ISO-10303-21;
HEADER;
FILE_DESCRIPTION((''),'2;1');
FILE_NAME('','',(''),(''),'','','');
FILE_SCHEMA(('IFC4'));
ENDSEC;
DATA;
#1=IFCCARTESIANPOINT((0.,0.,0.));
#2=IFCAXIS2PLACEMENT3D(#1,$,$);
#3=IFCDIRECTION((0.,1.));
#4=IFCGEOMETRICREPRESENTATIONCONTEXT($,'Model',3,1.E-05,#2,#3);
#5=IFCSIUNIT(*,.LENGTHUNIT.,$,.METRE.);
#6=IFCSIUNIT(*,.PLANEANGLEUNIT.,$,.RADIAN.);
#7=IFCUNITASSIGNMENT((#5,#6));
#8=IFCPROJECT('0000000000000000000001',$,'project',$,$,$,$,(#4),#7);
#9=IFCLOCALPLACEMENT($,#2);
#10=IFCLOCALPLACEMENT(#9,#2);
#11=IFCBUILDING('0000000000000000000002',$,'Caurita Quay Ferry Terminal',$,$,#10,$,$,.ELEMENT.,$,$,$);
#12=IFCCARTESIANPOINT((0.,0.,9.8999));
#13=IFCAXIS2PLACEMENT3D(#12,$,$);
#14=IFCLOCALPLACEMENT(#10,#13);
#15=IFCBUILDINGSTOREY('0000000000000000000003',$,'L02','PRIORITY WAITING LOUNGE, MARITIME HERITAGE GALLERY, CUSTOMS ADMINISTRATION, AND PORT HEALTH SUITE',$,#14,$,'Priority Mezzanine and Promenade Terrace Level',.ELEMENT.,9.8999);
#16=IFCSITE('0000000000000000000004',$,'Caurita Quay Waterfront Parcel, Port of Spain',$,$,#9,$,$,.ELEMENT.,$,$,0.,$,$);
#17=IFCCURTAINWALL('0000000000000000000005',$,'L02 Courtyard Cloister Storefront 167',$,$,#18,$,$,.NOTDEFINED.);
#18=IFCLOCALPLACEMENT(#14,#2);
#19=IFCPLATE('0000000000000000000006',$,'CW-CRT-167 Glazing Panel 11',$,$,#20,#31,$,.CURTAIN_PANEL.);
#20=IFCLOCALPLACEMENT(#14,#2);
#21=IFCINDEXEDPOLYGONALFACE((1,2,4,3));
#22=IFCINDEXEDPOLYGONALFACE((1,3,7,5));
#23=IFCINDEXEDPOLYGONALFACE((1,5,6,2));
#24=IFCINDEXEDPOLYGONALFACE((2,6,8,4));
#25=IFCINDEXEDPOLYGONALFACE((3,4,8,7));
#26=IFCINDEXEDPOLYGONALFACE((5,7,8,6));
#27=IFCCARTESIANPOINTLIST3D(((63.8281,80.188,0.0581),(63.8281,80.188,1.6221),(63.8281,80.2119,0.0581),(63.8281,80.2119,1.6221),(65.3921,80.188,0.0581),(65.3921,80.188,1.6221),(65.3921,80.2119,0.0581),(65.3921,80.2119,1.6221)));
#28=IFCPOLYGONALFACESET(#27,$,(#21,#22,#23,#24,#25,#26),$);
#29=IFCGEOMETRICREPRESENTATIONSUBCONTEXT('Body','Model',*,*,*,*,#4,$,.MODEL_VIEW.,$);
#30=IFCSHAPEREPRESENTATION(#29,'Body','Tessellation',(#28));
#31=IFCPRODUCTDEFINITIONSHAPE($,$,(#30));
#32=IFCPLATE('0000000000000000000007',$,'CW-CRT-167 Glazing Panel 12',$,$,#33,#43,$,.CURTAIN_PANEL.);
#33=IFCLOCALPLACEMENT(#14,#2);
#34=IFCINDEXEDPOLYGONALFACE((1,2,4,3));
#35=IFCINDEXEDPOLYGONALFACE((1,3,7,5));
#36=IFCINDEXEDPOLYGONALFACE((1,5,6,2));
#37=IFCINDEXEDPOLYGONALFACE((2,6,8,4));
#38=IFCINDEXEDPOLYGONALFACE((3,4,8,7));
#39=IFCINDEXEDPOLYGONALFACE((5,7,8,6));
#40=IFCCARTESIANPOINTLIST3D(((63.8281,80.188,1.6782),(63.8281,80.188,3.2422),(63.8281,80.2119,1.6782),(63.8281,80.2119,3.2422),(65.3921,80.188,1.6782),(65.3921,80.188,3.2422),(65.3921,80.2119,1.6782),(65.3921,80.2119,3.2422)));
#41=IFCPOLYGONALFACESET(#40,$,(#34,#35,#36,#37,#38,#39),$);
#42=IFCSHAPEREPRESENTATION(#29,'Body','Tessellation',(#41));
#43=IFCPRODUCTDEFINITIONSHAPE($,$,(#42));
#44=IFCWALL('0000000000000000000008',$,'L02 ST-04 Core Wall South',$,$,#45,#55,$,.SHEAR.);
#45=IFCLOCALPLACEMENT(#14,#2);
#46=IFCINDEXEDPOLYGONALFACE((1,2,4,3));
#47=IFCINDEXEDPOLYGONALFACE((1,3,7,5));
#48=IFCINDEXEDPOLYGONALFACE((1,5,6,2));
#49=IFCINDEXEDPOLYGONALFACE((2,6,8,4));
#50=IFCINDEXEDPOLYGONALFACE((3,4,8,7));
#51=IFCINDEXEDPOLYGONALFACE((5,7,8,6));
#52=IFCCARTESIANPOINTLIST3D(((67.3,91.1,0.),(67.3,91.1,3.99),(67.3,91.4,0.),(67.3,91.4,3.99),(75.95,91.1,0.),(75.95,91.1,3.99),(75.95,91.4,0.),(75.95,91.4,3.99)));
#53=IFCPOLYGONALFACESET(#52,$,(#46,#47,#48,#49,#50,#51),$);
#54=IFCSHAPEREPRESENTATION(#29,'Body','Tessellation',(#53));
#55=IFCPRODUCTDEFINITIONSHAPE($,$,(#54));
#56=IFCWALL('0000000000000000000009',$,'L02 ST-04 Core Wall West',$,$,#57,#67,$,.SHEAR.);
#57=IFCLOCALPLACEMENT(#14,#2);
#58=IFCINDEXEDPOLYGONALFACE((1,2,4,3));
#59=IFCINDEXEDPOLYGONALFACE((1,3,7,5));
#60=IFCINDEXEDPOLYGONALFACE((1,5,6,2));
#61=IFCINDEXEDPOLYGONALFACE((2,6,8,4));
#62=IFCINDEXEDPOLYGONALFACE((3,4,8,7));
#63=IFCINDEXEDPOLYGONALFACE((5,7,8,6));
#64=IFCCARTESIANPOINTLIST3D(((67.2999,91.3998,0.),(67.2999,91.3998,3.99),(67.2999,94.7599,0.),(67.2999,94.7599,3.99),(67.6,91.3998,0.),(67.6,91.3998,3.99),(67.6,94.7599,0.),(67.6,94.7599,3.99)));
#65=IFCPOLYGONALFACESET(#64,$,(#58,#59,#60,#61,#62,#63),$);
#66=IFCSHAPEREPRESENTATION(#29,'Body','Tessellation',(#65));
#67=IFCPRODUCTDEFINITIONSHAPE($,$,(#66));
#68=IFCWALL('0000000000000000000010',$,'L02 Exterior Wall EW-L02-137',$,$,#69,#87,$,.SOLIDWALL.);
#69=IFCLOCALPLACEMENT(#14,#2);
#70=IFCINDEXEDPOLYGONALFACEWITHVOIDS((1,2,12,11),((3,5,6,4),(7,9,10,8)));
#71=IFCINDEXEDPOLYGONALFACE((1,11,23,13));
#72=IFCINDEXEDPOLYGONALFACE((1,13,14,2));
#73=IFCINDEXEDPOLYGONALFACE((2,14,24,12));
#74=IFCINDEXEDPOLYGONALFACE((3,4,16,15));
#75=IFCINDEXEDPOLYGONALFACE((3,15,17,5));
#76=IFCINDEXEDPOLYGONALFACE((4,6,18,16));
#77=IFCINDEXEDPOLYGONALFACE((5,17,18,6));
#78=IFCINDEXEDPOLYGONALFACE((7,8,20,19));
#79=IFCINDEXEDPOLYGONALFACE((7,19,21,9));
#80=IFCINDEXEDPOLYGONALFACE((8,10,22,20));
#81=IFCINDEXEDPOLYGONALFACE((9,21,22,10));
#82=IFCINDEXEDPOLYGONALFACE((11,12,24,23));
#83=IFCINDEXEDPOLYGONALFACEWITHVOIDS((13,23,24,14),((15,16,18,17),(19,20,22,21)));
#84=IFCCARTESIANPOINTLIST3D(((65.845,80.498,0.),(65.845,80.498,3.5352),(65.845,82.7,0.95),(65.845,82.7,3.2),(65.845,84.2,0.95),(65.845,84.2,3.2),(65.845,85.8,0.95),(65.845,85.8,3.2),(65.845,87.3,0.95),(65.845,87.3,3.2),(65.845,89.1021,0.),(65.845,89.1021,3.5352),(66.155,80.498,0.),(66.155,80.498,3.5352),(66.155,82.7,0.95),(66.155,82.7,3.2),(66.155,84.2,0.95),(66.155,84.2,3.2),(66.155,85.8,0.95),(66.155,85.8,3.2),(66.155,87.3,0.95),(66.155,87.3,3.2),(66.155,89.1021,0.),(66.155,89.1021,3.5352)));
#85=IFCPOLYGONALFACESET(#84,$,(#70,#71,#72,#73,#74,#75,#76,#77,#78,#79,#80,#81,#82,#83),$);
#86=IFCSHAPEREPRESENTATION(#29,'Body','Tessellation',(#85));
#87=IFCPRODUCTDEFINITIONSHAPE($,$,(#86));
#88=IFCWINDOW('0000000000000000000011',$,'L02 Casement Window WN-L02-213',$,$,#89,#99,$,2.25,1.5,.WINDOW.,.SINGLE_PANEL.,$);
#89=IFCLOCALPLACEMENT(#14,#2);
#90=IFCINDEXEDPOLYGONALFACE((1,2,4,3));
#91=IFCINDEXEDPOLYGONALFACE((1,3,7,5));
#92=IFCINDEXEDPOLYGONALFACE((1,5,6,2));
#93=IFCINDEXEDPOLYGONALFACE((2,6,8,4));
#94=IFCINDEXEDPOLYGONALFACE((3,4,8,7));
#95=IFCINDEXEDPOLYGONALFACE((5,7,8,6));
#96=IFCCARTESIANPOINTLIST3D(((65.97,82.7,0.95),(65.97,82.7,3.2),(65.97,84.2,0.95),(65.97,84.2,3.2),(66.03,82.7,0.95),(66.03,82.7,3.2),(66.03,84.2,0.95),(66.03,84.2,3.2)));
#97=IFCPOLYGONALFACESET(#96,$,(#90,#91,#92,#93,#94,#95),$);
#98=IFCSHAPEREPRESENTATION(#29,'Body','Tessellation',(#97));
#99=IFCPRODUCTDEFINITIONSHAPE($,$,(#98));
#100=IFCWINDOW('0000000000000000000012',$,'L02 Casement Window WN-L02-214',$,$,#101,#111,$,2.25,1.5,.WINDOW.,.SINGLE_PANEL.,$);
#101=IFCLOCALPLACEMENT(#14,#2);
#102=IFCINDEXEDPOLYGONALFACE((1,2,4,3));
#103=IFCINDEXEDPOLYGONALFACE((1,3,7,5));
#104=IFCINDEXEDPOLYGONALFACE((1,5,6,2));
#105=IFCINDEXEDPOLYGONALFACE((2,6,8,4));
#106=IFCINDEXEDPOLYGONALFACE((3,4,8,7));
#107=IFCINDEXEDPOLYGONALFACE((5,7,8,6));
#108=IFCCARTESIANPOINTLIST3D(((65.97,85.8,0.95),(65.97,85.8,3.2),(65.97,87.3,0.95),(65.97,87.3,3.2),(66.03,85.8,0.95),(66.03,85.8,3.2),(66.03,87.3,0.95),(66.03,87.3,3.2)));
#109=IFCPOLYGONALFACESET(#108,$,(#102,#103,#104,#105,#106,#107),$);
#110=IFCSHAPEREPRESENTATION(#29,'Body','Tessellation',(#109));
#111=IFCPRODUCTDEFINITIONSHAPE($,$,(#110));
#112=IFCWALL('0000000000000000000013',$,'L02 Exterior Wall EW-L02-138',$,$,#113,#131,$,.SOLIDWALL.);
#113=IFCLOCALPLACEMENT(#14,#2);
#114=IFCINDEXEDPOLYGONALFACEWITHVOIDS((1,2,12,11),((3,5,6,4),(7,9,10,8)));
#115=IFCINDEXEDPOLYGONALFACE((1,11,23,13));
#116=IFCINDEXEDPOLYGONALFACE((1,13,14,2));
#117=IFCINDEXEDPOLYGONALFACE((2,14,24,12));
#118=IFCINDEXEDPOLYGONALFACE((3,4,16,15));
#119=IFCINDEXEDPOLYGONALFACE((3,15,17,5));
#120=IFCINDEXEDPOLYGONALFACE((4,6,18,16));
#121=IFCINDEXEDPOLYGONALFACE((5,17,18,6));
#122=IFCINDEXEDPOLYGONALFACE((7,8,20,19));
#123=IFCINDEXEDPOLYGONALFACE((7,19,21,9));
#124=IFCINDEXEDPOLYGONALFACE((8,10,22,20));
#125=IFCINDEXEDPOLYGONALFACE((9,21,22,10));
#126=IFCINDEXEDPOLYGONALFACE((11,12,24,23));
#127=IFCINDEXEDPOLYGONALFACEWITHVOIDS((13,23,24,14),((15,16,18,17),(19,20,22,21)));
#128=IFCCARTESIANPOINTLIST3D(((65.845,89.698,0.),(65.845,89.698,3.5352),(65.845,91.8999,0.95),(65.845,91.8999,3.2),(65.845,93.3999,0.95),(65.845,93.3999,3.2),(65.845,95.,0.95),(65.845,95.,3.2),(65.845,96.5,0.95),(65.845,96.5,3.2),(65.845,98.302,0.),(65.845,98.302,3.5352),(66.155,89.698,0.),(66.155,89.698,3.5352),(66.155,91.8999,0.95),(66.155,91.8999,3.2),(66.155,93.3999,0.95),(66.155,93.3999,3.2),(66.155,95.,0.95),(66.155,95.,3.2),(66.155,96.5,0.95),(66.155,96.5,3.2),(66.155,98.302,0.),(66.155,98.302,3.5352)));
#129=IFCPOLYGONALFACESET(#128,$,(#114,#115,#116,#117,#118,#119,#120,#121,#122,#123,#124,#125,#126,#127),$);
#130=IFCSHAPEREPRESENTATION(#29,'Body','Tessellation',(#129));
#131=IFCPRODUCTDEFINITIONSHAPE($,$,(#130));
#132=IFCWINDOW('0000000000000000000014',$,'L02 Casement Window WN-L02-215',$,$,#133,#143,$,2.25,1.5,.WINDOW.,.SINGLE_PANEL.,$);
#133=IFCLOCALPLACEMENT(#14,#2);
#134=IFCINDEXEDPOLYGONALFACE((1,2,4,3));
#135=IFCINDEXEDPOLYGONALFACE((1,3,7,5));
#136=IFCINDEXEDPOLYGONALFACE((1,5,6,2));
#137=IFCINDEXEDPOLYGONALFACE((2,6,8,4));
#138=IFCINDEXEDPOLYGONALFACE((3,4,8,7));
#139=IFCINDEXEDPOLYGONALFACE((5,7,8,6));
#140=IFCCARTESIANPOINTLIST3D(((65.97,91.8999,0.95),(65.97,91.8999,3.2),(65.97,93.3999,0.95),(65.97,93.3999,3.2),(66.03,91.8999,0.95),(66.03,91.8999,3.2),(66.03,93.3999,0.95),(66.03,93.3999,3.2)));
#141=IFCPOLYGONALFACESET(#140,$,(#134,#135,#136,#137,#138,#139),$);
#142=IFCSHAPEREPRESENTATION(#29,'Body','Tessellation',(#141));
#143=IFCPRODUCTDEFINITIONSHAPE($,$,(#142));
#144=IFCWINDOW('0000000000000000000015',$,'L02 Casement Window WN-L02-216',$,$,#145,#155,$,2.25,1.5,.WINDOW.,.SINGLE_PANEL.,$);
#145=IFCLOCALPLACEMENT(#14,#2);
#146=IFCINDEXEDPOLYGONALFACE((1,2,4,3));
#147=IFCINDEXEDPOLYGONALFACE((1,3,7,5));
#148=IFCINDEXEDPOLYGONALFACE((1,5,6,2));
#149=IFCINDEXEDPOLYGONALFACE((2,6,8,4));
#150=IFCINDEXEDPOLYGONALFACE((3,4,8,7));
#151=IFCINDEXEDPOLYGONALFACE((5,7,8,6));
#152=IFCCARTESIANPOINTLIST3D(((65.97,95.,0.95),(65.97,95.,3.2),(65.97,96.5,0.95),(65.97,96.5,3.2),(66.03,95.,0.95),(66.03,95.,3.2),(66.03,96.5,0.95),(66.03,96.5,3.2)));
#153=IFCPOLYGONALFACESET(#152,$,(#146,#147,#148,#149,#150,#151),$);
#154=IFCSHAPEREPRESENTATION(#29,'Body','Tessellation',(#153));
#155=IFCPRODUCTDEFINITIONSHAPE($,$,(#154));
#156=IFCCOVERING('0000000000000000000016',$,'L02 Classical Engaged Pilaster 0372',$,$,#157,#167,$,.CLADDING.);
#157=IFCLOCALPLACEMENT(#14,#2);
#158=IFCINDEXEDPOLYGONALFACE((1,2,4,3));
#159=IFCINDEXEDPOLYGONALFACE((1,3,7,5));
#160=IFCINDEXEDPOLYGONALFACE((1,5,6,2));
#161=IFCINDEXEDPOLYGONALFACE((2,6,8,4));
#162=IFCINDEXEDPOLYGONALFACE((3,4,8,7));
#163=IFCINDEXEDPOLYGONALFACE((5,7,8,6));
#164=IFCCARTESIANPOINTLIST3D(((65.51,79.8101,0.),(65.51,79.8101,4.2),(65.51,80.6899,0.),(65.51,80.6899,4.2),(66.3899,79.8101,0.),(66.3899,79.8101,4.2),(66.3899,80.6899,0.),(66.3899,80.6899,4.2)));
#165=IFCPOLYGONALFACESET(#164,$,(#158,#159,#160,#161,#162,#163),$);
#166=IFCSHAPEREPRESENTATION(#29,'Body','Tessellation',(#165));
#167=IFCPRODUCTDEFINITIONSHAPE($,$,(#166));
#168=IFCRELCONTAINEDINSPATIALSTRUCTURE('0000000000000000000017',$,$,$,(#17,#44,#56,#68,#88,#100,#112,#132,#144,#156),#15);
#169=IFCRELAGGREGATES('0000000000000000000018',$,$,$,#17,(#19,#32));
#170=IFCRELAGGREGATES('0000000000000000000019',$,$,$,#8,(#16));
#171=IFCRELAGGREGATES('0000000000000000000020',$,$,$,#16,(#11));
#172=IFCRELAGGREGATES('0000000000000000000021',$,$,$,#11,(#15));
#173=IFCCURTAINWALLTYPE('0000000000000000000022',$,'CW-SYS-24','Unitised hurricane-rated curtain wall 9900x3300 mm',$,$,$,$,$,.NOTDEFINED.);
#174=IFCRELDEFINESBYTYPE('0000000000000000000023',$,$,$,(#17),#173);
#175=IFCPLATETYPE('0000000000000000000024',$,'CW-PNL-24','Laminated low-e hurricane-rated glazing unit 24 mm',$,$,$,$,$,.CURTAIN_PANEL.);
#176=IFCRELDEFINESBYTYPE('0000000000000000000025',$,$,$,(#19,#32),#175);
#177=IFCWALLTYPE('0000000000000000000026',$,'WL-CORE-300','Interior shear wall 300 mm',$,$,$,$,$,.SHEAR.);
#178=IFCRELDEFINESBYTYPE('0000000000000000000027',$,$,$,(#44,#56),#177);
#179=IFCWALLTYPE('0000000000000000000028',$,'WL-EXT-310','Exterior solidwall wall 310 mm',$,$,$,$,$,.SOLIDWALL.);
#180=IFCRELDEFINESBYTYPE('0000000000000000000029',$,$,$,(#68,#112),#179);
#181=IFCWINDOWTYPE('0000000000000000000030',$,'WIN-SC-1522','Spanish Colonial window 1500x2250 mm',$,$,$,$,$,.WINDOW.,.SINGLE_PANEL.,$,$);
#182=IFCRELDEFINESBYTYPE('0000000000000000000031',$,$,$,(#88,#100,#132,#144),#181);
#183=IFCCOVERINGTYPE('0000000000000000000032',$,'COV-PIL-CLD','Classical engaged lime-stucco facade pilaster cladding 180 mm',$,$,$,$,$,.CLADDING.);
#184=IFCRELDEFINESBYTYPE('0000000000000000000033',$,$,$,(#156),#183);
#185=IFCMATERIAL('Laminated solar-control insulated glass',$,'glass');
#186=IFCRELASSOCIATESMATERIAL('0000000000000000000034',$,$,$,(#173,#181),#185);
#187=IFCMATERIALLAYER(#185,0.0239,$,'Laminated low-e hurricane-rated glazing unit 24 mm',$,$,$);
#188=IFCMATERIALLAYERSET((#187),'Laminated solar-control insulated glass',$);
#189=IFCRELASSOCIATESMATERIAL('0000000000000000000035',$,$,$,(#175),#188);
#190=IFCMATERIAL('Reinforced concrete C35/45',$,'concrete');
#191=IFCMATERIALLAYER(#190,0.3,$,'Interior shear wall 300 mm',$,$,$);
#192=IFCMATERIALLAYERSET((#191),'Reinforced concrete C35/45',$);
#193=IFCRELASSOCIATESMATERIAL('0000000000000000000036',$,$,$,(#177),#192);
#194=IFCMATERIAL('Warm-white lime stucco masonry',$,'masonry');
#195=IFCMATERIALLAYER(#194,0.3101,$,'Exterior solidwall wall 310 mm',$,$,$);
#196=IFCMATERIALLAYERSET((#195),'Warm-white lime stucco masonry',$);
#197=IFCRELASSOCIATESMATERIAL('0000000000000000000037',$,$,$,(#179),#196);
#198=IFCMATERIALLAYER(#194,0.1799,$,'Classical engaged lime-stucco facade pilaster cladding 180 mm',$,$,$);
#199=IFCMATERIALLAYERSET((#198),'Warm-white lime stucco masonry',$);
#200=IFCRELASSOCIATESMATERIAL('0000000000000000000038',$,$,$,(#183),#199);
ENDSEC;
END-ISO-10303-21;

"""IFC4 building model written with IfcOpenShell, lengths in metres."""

from ifc_helpers import new_model, si_unit, direction, frame, frame_2d, origin, origin_2d, place, context, subcontext, project, spatial, rectangle, extrude, material, layer, layer_set, type_object, element, fill, aggregate, save


model = new_model("IFC4")

# Units and contexts
model_context = context("Model", 3, precision=1e-05, world=origin(), true_north=direction((0.0, 1.0)))
body_context = subcontext(model_context, "Body", "Model", "MODEL_VIEW")
ifc_project = project(units=[si_unit("LENGTHUNIT", "METRE"), si_unit("PLANEANGLEUNIT", "RADIAN")], contexts=[model_context])

# Site, building, storey
site_placement = place(None, origin())
site = spatial("IfcSite", under=ifc_project, at=site_placement, Name="Caurita Quay Waterfront Parcel, Port of Spain", CompositionType="ELEMENT", RefElevation=0.0)
building_placement = place(site_placement, origin())
building = spatial("IfcBuilding", under=site, at=building_placement, Name="Caurita Quay Ferry Terminal", CompositionType="ELEMENT")
storey_placement = place(building_placement, frame((0.0, 0.0, 9.8999)))
storey = spatial("IfcBuildingStorey", under=building, at=storey_placement, Name="L02", Description="PRIORITY WAITING LOUNGE, MARITIME HERITAGE GALLERY, CUSTOMS ADMINISTRATION, AND PORT HEALTH SUITE", LongName="Priority Mezzanine and Promenade Terrace Level", CompositionType="ELEMENT", Elevation=9.8999)

# Shared definitions
ifc_material_1 = material(Name="Reinforced concrete C35/45", Category="concrete")

# Curtain wall, plates
ifc_material_2 = material(Name="Laminated solar-control insulated glass", Category="glass")
curtain_wall_type = type_object("IfcCurtainWallType", Name="CW-SYS-24", Description="Unitised hurricane-rated curtain wall 9900x3300 mm", PredefinedType="NOTDEFINED", material=ifc_material_2)
curtain_wall_placement = place(storey_placement, origin())
curtain_wall = element("IfcCurtainWall", 1, at=curtain_wall_placement, inside=storey, type_object=curtain_wall_type, Name="L02 Courtyard Cloister Storefront 167", PredefinedType="NOTDEFINED")
ifc_layer_1 = layer(ifc_material_2, 0.0239, Name="Laminated low-e hurricane-rated glazing unit 24 mm")
ifc_layer_set_1 = layer_set([ifc_layer_1], Name="Laminated solar-control insulated glass")
plate_type = type_object("IfcPlateType", Name="CW-PNL-24", Description="Laminated low-e hurricane-rated glazing unit 24 mm", PredefinedType="CURTAIN_PANEL", material=ifc_layer_set_1)
plate_1_placement = place(storey_placement, frame((64.6101, 80.2, 0.0581), z_axis=(0.0, 0.0, 1.0), x_axis=(1.0, 0.0, 0.0)))
plate_1 = element("IfcPlate", 2, at=plate_1_placement, type_object=plate_type, Name="CW-CRT-167 Glazing Panel 11", PredefinedType="CURTAIN_PANEL", context=body_context, shape_type="SweptSolid", body=[
    extrude(rectangle(XDim=1.564, YDim=0.0239, at=origin_2d()), origin(), (0.0, 0.0, 1.0), 1.564),
])
plate_2_placement = place(storey_placement, frame((64.6101, 80.2, 1.6782), z_axis=(0.0, 0.0, 1.0), x_axis=(1.0, 0.0, 0.0)))
plate_2 = element("IfcPlate", 3, at=plate_2_placement, type_object=plate_type, Name="CW-CRT-167 Glazing Panel 12", PredefinedType="CURTAIN_PANEL", context=body_context, shape_type="SweptSolid", body=[
    extrude(rectangle(XDim=1.564, YDim=0.0239, at=origin_2d()), origin(), (0.0, 0.0, 1.0), 1.564),
])
aggregate(curtain_wall, [plate_1, plate_2])

# Walls
ifc_layer_2 = layer(ifc_material_1, 0.3, Name="Interior shear wall 300 mm")
ifc_layer_set_2 = layer_set([ifc_layer_2], Name="Reinforced concrete C35/45")
wall_type_1 = type_object("IfcWallType", Name="WL-CORE-300", Description="Interior shear wall 300 mm", PredefinedType="SHEAR", material=ifc_layer_set_2)
wall_1_placement = place(storey_placement, frame((67.3, 91.25, 0.0), z_axis=(0.0, 0.0, 1.0), x_axis=(1.0, 0.0, 0.0)))
element("IfcWall", 4, at=wall_1_placement, inside=storey, type_object=wall_type_1, Name="L02 ST-04 Core Wall South", PredefinedType="SHEAR", context=body_context, shape_type="SweptSolid", body=[
    extrude(rectangle(XDim=8.6499, YDim=0.3, at=frame_2d((4.325, 0.0))), origin(), (0.0, 0.0, 1.0), 3.99),
])
wall_2_placement = place(storey_placement, frame((67.45, 94.76, 0.0), z_axis=(0.0, 0.0, 1.0), x_axis=(0.0, -1.0, 0.0)))
element("IfcWall", 5, at=wall_2_placement, inside=storey, type_object=wall_type_1, Name="L02 ST-04 Core Wall West", PredefinedType="SHEAR", context=body_context, shape_type="SweptSolid", body=[
    extrude(rectangle(XDim=3.3601, YDim=0.3, at=frame_2d((1.6802, 0.0))), origin(), (0.0, 0.0, 1.0), 3.99),
])

# Walls, openings, windows
ifc_material_3 = material(Name="Warm-white lime stucco masonry", Category="masonry")
ifc_layer_3 = layer(ifc_material_3, 0.3101, Name="Exterior solidwall wall 310 mm")
ifc_layer_set_3 = layer_set([ifc_layer_3], Name="Warm-white lime stucco masonry")
wall_type_2 = type_object("IfcWallType", Name="WL-EXT-310", Description="Exterior solidwall wall 310 mm", PredefinedType="SOLIDWALL", material=ifc_layer_set_3)
wall_3_placement = place(storey_placement, frame((66.0, 80.498, 0.0), z_axis=(0.0, 0.0, 1.0), x_axis=(0.0, 1.0, 0.0)))
wall_3 = element("IfcWall", 6, at=wall_3_placement, inside=storey, type_object=wall_type_2, Name="L02 Exterior Wall EW-L02-137", PredefinedType="SOLIDWALL", context=body_context, shape_type="SweptSolid", body=[
    extrude(rectangle(XDim=8.604, YDim=0.3101, at=frame_2d((4.302, 0.0))), origin(), (0.0, 0.0, 1.0), 3.5352),
])
opening_1_placement = place(wall_3_placement, frame((2.2019, 0.0, 0.95)))
opening_1 = element("IfcOpeningElement", 7, at=opening_1_placement, cuts=wall_3, PredefinedType="OPENING", context=body_context, shape_type="SweptSolid", body=[
    extrude(rectangle(XDim=1.5, YDim=2.25, at=frame_2d((0.75, 1.125))), frame((0.0, 0.165, 0.0), z_axis=(0.0, -1.0, 0.0), x_axis=(1.0, 0.0, 0.0)), (0.0, 0.0, 1.0), 0.3301),
])
opening_2_placement = place(wall_3_placement, frame((5.302, 0.0, 0.95)))
opening_2 = element("IfcOpeningElement", 8, at=opening_2_placement, cuts=wall_3, PredefinedType="OPENING", context=body_context, shape_type="SweptSolid", body=[
    extrude(rectangle(XDim=1.5, YDim=2.25, at=frame_2d((0.75, 1.125))), frame((0.0, 0.165, 0.0), z_axis=(0.0, -1.0, 0.0), x_axis=(1.0, 0.0, 0.0)), (0.0, 0.0, 1.0), 0.3301),
])
window_type = type_object("IfcWindowType", Name="WIN-SC-1522", Description="Spanish Colonial window 1500x2250 mm", PartitioningType="SINGLE_PANEL", PredefinedType="WINDOW", material=ifc_material_2)
window_1_placement = place(opening_1_placement, origin())
window_1 = element("IfcWindow", 9, at=window_1_placement, inside=storey, type_object=window_type, Name="L02 Casement Window WN-L02-213", OverallHeight=2.25, OverallWidth=1.5, PartitioningType="SINGLE_PANEL", PredefinedType="WINDOW", context=body_context, shape_type="SweptSolid", body=[
    extrude(rectangle(XDim=1.5, YDim=2.25, at=frame_2d((0.75, 1.125))), frame((0.0, 0.03, 0.0), z_axis=(0.0, -1.0, 0.0), x_axis=(1.0, 0.0, 0.0)), (0.0, 0.0, 1.0), 0.0601),
])
fill(opening_1, window_1)
window_2_placement = place(opening_2_placement, origin())
window_2 = element("IfcWindow", 10, at=window_2_placement, inside=storey, type_object=window_type, Name="L02 Casement Window WN-L02-214", OverallHeight=2.25, OverallWidth=1.5, PartitioningType="SINGLE_PANEL", PredefinedType="WINDOW", context=body_context, shape_type="SweptSolid", body=[
    extrude(rectangle(XDim=1.5, YDim=2.25, at=frame_2d((0.75, 1.125))), frame((0.0, 0.03, 0.0), z_axis=(0.0, -1.0, 0.0), x_axis=(1.0, 0.0, 0.0)), (0.0, 0.0, 1.0), 0.0601),
])
fill(opening_2, window_2)
wall_4_placement = place(storey_placement, frame((66.0, 89.698, 0.0), z_axis=(0.0, 0.0, 1.0), x_axis=(0.0, 1.0, 0.0)))
wall_4 = element("IfcWall", 11, at=wall_4_placement, inside=storey, type_object=wall_type_2, Name="L02 Exterior Wall EW-L02-138", PredefinedType="SOLIDWALL", context=body_context, shape_type="SweptSolid", body=[
    extrude(rectangle(XDim=8.604, YDim=0.3101, at=frame_2d((4.302, 0.0))), origin(), (0.0, 0.0, 1.0), 3.5352),
])
opening_3_placement = place(wall_4_placement, frame((2.2019, 0.0, 0.95)))
opening_3 = element("IfcOpeningElement", 12, at=opening_3_placement, cuts=wall_4, PredefinedType="OPENING", context=body_context, shape_type="SweptSolid", body=[
    extrude(rectangle(XDim=1.5, YDim=2.25, at=frame_2d((0.75, 1.125))), frame((0.0, 0.165, 0.0), z_axis=(0.0, -1.0, 0.0), x_axis=(1.0, 0.0, 0.0)), (0.0, 0.0, 1.0), 0.3301),
])
opening_4_placement = place(wall_4_placement, frame((5.302, 0.0, 0.95)))
opening_4 = element("IfcOpeningElement", 13, at=opening_4_placement, cuts=wall_4, PredefinedType="OPENING", context=body_context, shape_type="SweptSolid", body=[
    extrude(rectangle(XDim=1.5, YDim=2.25, at=frame_2d((0.75, 1.125))), frame((0.0, 0.165, 0.0), z_axis=(0.0, -1.0, 0.0), x_axis=(1.0, 0.0, 0.0)), (0.0, 0.0, 1.0), 0.3301),
])
window_3_placement = place(opening_3_placement, origin())
window_3 = element("IfcWindow", 14, at=window_3_placement, inside=storey, type_object=window_type, Name="L02 Casement Window WN-L02-215", OverallHeight=2.25, OverallWidth=1.5, PartitioningType="SINGLE_PANEL", PredefinedType="WINDOW", context=body_context, shape_type="SweptSolid", body=[
    extrude(rectangle(XDim=1.5, YDim=2.25, at=frame_2d((0.75, 1.125))), frame((0.0, 0.03, 0.0), z_axis=(0.0, -1.0, 0.0), x_axis=(1.0, 0.0, 0.0)), (0.0, 0.0, 1.0), 0.0601),
])
fill(opening_3, window_3)
window_4_placement = place(opening_4_placement, origin())
window_4 = element("IfcWindow", 15, at=window_4_placement, inside=storey, type_object=window_type, Name="L02 Casement Window WN-L02-216", OverallHeight=2.25, OverallWidth=1.5, PartitioningType="SINGLE_PANEL", PredefinedType="WINDOW", context=body_context, shape_type="SweptSolid", body=[
    extrude(rectangle(XDim=1.5, YDim=2.25, at=frame_2d((0.75, 1.125))), frame((0.0, 0.03, 0.0), z_axis=(0.0, -1.0, 0.0), x_axis=(1.0, 0.0, 0.0)), (0.0, 0.0, 1.0), 0.0601),
])
fill(opening_4, window_4)

# Covering
ifc_layer_4 = layer(ifc_material_3, 0.1799, Name="Classical engaged lime-stucco facade pilaster cladding 180 mm")
ifc_layer_set_4 = layer_set([ifc_layer_4], Name="Warm-white lime stucco masonry")
covering_type = type_object("IfcCoveringType", Name="COV-PIL-CLD", Description="Classical engaged lime-stucco facade pilaster cladding 180 mm", PredefinedType="CLADDING", material=ifc_layer_set_4)
covering_1_placement = place(storey_placement, frame((65.95, 80.25, 0.0), z_axis=(0.0, 0.0, 1.0), x_axis=(1.0, 0.0, 0.0)))
element("IfcCovering", 16, at=covering_1_placement, inside=storey, type_object=covering_type, Name="L02 Classical Engaged Pilaster 0372", PredefinedType="CLADDING", context=body_context, shape_type="SweptSolid", body=[
    extrude(rectangle(XDim=0.8799, YDim=0.8799, at=origin_2d()), origin(), (0.0, 0.0, 1.0), 4.2),
])

save(model, "model.ifc")
